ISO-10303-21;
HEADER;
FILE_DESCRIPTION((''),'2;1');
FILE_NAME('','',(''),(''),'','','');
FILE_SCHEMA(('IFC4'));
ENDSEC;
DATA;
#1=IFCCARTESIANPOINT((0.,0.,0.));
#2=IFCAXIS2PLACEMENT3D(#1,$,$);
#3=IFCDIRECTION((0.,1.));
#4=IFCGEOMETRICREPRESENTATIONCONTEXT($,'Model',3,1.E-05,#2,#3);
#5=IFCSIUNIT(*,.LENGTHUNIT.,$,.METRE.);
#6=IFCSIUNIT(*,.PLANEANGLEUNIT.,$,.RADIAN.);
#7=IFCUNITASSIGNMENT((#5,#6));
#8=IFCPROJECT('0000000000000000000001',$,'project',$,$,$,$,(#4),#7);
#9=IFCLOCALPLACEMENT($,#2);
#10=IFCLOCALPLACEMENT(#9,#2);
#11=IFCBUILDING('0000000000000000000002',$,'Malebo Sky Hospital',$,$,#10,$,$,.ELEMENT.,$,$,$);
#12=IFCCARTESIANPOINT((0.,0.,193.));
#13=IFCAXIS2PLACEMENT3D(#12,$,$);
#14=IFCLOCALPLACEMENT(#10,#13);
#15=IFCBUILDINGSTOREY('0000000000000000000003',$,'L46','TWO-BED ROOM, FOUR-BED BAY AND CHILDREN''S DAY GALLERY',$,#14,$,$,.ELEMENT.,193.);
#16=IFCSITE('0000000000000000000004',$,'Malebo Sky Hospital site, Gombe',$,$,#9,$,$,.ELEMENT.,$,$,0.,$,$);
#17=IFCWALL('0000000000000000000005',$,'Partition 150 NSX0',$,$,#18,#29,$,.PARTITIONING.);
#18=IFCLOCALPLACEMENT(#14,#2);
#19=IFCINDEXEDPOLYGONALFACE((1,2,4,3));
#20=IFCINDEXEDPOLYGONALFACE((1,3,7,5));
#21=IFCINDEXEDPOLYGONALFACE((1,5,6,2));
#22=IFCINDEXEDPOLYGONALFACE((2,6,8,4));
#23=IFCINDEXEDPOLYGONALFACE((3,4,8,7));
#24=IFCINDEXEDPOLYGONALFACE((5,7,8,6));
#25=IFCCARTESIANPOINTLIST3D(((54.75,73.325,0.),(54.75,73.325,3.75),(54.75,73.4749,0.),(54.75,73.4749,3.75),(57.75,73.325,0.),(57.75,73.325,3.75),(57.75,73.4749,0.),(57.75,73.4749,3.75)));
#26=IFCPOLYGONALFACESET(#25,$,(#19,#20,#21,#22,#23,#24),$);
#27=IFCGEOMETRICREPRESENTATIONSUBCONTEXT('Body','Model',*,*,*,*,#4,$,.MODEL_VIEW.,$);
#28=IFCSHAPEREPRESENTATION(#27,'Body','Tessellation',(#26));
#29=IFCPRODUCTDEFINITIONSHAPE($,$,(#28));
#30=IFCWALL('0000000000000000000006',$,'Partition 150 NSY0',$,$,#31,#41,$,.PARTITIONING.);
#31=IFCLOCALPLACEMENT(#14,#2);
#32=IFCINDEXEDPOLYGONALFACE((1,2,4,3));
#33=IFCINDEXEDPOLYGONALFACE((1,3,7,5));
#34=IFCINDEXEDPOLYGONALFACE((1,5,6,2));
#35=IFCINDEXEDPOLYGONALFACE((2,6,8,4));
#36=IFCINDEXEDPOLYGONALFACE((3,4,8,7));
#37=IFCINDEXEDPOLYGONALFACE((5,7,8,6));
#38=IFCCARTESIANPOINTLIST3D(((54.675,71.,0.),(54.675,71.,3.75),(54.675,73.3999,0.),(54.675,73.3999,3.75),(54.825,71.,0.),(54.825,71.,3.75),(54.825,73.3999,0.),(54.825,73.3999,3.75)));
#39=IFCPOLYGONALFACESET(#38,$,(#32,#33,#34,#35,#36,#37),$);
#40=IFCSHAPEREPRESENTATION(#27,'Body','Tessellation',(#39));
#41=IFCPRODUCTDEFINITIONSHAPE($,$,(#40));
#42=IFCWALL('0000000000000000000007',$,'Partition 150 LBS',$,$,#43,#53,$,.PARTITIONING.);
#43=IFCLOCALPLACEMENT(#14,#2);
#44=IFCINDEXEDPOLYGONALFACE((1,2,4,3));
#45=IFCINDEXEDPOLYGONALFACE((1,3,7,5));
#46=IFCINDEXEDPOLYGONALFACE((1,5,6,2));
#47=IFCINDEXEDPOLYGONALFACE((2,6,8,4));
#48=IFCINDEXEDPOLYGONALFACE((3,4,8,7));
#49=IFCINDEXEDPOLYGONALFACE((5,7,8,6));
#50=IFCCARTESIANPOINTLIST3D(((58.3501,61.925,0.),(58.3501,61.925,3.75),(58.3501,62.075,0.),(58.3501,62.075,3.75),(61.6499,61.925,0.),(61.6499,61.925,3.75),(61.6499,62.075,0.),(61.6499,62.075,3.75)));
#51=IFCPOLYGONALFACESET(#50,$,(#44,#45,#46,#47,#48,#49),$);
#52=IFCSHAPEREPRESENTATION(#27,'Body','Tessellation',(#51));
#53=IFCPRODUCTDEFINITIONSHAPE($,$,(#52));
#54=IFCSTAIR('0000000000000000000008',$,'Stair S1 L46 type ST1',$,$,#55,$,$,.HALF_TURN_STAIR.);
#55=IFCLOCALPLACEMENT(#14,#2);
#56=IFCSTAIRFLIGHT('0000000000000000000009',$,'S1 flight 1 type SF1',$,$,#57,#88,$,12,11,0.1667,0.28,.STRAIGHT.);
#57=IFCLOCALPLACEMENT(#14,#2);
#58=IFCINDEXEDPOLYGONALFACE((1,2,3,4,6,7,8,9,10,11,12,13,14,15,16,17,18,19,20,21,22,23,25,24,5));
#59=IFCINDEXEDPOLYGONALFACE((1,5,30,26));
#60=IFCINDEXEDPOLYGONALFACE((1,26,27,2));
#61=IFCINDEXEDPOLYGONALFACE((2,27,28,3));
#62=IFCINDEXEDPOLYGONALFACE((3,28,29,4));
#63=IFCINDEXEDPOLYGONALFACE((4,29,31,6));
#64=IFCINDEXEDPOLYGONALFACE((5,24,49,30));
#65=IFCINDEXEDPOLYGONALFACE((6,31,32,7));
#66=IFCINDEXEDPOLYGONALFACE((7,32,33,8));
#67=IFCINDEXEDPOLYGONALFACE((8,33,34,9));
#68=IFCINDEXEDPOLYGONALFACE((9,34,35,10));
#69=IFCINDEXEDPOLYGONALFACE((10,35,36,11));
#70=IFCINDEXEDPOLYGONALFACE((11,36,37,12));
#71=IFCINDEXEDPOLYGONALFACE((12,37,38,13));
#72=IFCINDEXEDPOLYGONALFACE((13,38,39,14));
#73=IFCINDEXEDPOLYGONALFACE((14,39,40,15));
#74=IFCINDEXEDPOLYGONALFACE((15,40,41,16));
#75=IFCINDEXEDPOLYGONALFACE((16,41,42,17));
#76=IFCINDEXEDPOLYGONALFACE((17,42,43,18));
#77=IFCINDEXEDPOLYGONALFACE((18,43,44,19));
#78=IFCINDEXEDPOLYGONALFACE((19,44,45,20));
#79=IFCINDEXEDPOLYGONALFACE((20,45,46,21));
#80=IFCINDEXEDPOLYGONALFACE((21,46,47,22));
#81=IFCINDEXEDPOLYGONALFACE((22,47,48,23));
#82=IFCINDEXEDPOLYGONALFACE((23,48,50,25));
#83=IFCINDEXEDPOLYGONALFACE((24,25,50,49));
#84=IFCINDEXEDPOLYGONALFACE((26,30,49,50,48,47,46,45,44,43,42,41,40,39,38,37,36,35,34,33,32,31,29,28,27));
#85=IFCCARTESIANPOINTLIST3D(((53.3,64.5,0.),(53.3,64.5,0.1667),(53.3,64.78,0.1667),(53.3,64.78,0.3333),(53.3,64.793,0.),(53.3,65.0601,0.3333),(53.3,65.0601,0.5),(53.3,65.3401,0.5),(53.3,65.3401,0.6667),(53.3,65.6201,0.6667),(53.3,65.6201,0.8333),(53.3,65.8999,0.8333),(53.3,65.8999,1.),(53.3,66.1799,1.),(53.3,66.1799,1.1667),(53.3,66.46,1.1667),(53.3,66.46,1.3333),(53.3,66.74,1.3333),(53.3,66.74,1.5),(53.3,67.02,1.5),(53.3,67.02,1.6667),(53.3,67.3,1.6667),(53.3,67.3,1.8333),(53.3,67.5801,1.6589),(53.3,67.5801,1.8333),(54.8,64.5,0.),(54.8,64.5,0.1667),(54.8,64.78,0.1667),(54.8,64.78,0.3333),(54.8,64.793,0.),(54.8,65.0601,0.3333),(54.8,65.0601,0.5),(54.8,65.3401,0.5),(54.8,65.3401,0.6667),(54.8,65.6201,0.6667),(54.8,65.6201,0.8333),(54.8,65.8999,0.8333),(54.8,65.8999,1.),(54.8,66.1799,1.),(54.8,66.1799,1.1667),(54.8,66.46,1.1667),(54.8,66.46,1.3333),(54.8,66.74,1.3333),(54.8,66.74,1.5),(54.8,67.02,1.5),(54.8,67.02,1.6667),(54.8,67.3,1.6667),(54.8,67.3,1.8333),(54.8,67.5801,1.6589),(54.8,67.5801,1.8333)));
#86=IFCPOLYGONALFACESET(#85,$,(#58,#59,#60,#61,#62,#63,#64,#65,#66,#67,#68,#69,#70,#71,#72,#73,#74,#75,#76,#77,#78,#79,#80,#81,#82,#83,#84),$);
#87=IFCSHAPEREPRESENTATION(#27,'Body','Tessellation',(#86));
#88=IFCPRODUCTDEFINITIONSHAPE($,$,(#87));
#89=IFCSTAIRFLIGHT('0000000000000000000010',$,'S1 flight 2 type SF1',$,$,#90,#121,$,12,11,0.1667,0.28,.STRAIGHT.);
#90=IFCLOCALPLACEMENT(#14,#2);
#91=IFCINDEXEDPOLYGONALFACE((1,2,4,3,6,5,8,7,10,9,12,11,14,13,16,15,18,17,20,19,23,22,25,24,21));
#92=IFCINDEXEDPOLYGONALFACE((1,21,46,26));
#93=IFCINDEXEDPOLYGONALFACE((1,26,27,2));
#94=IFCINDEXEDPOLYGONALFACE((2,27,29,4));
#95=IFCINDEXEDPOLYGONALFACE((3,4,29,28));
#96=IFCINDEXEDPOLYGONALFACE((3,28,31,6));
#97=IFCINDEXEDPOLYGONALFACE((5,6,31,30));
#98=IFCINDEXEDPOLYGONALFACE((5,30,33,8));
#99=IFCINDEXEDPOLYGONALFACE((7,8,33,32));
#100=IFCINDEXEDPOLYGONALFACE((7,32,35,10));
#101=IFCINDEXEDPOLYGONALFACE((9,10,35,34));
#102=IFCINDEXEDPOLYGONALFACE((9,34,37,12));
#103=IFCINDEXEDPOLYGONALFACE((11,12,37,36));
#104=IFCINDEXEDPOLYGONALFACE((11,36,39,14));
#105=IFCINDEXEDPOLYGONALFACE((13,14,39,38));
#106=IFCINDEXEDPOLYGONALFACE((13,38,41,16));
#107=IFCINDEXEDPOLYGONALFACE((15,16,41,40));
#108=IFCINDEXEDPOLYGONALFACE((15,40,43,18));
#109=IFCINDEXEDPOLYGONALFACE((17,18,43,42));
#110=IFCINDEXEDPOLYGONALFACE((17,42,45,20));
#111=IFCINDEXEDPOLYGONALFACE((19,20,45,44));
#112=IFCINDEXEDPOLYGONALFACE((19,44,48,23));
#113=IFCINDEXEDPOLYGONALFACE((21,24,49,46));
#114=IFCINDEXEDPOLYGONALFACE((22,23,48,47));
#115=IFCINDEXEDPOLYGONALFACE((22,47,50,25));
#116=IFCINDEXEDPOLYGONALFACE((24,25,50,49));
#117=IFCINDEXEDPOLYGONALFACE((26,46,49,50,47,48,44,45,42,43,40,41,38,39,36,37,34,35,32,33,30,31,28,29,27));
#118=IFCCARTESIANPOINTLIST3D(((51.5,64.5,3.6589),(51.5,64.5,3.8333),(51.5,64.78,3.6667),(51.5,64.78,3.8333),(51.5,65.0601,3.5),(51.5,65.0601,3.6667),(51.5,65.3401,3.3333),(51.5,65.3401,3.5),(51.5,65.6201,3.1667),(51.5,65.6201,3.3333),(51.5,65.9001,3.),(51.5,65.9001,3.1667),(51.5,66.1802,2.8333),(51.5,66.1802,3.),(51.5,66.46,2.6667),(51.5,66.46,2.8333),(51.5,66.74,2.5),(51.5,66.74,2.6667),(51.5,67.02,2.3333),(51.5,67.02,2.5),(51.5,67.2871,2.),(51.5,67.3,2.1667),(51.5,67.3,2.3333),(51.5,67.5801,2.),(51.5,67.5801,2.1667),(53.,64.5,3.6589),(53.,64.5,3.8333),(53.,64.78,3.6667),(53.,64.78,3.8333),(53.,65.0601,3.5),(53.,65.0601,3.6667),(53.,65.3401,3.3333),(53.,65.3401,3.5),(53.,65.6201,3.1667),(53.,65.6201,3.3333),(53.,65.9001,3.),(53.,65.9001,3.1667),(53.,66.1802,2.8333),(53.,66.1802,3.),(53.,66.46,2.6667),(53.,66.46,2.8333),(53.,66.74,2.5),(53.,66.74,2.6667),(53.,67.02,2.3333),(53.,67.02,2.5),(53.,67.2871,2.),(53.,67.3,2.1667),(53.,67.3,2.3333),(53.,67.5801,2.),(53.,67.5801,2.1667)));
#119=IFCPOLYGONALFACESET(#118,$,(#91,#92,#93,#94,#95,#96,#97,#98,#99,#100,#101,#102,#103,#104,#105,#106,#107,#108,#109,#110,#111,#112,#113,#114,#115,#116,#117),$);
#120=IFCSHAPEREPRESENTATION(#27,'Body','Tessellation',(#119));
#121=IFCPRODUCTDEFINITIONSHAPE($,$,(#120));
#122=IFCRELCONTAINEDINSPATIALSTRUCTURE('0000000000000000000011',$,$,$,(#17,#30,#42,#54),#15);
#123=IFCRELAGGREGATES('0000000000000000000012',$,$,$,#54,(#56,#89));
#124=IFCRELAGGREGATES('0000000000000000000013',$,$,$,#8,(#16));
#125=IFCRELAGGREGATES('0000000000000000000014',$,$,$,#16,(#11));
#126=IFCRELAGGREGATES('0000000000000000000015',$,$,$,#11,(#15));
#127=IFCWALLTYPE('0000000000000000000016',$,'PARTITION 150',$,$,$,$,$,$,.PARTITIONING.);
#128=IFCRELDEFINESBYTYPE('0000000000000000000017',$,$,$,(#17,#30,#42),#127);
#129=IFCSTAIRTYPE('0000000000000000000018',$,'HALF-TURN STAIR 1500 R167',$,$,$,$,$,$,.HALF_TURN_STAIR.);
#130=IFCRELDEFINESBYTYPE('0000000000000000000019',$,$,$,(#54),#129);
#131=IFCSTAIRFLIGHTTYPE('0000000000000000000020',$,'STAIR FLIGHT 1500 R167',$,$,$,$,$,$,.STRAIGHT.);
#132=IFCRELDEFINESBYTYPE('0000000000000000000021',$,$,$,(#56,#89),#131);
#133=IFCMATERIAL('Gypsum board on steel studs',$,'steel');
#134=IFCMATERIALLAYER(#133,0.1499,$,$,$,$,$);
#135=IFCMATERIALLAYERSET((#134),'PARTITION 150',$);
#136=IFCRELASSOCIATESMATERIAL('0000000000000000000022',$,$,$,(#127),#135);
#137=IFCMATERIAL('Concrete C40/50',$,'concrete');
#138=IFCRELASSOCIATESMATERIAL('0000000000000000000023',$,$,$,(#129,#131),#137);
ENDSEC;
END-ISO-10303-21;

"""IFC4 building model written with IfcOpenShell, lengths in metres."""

from ifc_helpers import new_model, si_unit, direction, frame, frame_2d, origin, place, context, subcontext, project, spatial, polyline, rectangle, outline, extrude, material, layer, layer_set, type_object, element, aggregate, save


model = new_model("IFC4")

# Units and contexts
model_context = context("Model", 3, precision=1e-05, world=origin(), true_north=direction((0.0, 1.0)))
body_context = subcontext(model_context, "Body", "Model", "MODEL_VIEW")
ifc_project = project(units=[si_unit("LENGTHUNIT", "METRE"), si_unit("PLANEANGLEUNIT", "RADIAN")], contexts=[model_context])

# Site, building, storey
site_placement = place(None, origin())
site = spatial("IfcSite", under=ifc_project, at=site_placement, Name="Malebo Sky Hospital site, Gombe", CompositionType="ELEMENT", RefElevation=0.0)
building_placement = place(site_placement, origin())
building = spatial("IfcBuilding", under=site, at=building_placement, Name="Malebo Sky Hospital", CompositionType="ELEMENT")
storey_placement = place(building_placement, frame((0.0, 0.0, 193.0)))
storey = spatial("IfcBuildingStorey", under=building, at=storey_placement, Name="L46", Description="TWO-BED ROOM, FOUR-BED BAY AND CHILDREN'S DAY GALLERY", CompositionType="ELEMENT", Elevation=193.0)

# Shared definitions
ifc_material_1 = material(Name="Gypsum board on steel studs", Category="steel")
ifc_layer_1 = layer(ifc_material_1, 0.1499)
ifc_layer_set_1 = layer_set([ifc_layer_1], Name="PARTITION 150")
wall_type_1 = type_object("IfcWallType", Name="PARTITION 150", PredefinedType="PARTITIONING", material=ifc_layer_set_1)

# Walls
wall_1_placement = place(storey_placement, frame((54.75, 73.3999, 0.0), z_axis=(0.0, 0.0, 1.0), x_axis=(1.0, 0.0, 0.0)))
element("IfcWall", 1, at=wall_1_placement, inside=storey, type_object=wall_type_1, Name="Partition 150 NSX0", PredefinedType="PARTITIONING", context=body_context, shape_type="SweptSolid", body=[
    extrude(rectangle(XDim=3.0, YDim=0.1499, at=frame_2d((1.5, 0.0))), origin(), (0.0, 0.0, 1.0), 3.75),
])
wall_2_placement = place(storey_placement, frame((54.75, 71.0, 0.0), z_axis=(0.0, 0.0, 1.0), x_axis=(0.0, 1.0, 0.0)))
element("IfcWall", 2, at=wall_2_placement, inside=storey, type_object=wall_type_1, Name="Partition 150 NSY0", PredefinedType="PARTITIONING", context=body_context, shape_type="SweptSolid", body=[
    extrude(rectangle(XDim=2.3999, YDim=0.1499, at=frame_2d((1.2, 0.0))), origin(), (0.0, 0.0, 1.0), 3.75),
])
wall_3_placement = place(storey_placement, frame((58.3501, 62.0, 0.0), z_axis=(0.0, 0.0, 1.0), x_axis=(1.0, 0.0, 0.0)))
element("IfcWall", 3, at=wall_3_placement, inside=storey, type_object=wall_type_1, Name="Partition 150 LBS", PredefinedType="PARTITIONING", context=body_context, shape_type="SweptSolid", body=[
    extrude(rectangle(XDim=3.2998, YDim=0.1499, at=frame_2d((1.6499, 0.0))), origin(), (0.0, 0.0, 1.0), 3.75),
])

# Stair, stair flights
ifc_material_2 = material(Name="Concrete C40/50", Category="concrete")
stair_type = type_object("IfcStairType", Name="HALF-TURN STAIR 1500 R167", PredefinedType="HALF_TURN_STAIR", material=ifc_material_2)
stair_placement = place(storey_placement, origin())
stair = element("IfcStair", 4, at=stair_placement, inside=storey, type_object=stair_type, Name="Stair S1 L46 type ST1", PredefinedType="HALF_TURN_STAIR")
stair_flight_type = type_object("IfcStairFlightType", Name="STAIR FLIGHT 1500 R167", PredefinedType="STRAIGHT", material=ifc_material_2)
stair_flight_1_placement = place(storey_placement, frame((54.05, 64.5, 0.0), z_axis=(0.0, 0.0, 1.0), x_axis=(0.0, 1.0, 0.0)))
stair_flight_1 = element("IfcStairFlight", 5, at=stair_flight_1_placement, type_object=stair_flight_type, Name="S1 flight 1 type SF1", NumberOfRisers=12, NumberOfTreads=11, PredefinedType="STRAIGHT", RiserHeight=0.1667, TreadLength=0.28, context=body_context, shape_type="SweptSolid", body=[
    extrude(outline(polyline([(0.0, 0.0), (0.0, 0.1667), (0.28, 0.1667), (0.28, 0.3333), (0.5601, 0.3333), (0.5601, 0.5), (0.8401, 0.5), (0.8401, 0.6667), (1.1201, 0.6667), (1.1201, 0.8333), (1.3999, 0.8333), (1.3999, 1.0), (1.6799, 1.0), (1.6799, 1.1667), (1.96, 1.1667), (1.96, 1.3333), (2.24, 1.3333), (2.24, 1.5), (2.52, 1.5), (2.52, 1.6667), (2.8, 1.6667), (2.8, 1.8333), (3.0801, 1.8333), (3.0801, 2.0), (3.0801, 1.6589), (0.293, 0.0), (0.0, 0.0)])), frame((0.0, 0.75, 0.0), z_axis=(0.0, -1.0, 0.0), x_axis=(1.0, 0.0, 0.0)), (0.0, 0.0, 1.0), 1.5),
])
stair_flight_2_placement = place(storey_placement, frame((52.25, 67.5801, 2.0), z_axis=(0.0, 0.0, 1.0), x_axis=(0.0, -1.0, 0.0)))
stair_flight_2 = element("IfcStairFlight", 6, at=stair_flight_2_placement, type_object=stair_flight_type, Name="S1 flight 2 type SF1", NumberOfRisers=12, NumberOfTreads=11, PredefinedType="STRAIGHT", RiserHeight=0.1667, TreadLength=0.28, context=body_context, shape_type="SweptSolid", body=[
    extrude(outline(polyline([(0.0, 0.0), (0.0, 0.1667), (0.28, 0.1667), (0.28, 0.3333), (0.5601, 0.3333), (0.5601, 0.5), (0.8401, 0.5), (0.8401, 0.6667), (1.1201, 0.6667), (1.1201, 0.8333), (1.3999, 0.8333), (1.3999, 1.0), (1.6799, 1.0), (1.6799, 1.1667), (1.96, 1.1667), (1.96, 1.3333), (2.24, 1.3333), (2.24, 1.5), (2.52, 1.5), (2.52, 1.6667), (2.8, 1.6667), (2.8, 1.8333), (3.0801, 1.8333), (3.0801, 2.0), (3.0801, 1.6589), (0.293, 0.0), (0.0, 0.0)])), frame((0.0, 0.75, 0.0), z_axis=(0.0, -1.0, 0.0), x_axis=(1.0, 0.0, 0.0)), (0.0, 0.0, 1.0), 1.5),
])
aggregate(stair, [stair_flight_1, stair_flight_2])

save(model, "model.ifc")
